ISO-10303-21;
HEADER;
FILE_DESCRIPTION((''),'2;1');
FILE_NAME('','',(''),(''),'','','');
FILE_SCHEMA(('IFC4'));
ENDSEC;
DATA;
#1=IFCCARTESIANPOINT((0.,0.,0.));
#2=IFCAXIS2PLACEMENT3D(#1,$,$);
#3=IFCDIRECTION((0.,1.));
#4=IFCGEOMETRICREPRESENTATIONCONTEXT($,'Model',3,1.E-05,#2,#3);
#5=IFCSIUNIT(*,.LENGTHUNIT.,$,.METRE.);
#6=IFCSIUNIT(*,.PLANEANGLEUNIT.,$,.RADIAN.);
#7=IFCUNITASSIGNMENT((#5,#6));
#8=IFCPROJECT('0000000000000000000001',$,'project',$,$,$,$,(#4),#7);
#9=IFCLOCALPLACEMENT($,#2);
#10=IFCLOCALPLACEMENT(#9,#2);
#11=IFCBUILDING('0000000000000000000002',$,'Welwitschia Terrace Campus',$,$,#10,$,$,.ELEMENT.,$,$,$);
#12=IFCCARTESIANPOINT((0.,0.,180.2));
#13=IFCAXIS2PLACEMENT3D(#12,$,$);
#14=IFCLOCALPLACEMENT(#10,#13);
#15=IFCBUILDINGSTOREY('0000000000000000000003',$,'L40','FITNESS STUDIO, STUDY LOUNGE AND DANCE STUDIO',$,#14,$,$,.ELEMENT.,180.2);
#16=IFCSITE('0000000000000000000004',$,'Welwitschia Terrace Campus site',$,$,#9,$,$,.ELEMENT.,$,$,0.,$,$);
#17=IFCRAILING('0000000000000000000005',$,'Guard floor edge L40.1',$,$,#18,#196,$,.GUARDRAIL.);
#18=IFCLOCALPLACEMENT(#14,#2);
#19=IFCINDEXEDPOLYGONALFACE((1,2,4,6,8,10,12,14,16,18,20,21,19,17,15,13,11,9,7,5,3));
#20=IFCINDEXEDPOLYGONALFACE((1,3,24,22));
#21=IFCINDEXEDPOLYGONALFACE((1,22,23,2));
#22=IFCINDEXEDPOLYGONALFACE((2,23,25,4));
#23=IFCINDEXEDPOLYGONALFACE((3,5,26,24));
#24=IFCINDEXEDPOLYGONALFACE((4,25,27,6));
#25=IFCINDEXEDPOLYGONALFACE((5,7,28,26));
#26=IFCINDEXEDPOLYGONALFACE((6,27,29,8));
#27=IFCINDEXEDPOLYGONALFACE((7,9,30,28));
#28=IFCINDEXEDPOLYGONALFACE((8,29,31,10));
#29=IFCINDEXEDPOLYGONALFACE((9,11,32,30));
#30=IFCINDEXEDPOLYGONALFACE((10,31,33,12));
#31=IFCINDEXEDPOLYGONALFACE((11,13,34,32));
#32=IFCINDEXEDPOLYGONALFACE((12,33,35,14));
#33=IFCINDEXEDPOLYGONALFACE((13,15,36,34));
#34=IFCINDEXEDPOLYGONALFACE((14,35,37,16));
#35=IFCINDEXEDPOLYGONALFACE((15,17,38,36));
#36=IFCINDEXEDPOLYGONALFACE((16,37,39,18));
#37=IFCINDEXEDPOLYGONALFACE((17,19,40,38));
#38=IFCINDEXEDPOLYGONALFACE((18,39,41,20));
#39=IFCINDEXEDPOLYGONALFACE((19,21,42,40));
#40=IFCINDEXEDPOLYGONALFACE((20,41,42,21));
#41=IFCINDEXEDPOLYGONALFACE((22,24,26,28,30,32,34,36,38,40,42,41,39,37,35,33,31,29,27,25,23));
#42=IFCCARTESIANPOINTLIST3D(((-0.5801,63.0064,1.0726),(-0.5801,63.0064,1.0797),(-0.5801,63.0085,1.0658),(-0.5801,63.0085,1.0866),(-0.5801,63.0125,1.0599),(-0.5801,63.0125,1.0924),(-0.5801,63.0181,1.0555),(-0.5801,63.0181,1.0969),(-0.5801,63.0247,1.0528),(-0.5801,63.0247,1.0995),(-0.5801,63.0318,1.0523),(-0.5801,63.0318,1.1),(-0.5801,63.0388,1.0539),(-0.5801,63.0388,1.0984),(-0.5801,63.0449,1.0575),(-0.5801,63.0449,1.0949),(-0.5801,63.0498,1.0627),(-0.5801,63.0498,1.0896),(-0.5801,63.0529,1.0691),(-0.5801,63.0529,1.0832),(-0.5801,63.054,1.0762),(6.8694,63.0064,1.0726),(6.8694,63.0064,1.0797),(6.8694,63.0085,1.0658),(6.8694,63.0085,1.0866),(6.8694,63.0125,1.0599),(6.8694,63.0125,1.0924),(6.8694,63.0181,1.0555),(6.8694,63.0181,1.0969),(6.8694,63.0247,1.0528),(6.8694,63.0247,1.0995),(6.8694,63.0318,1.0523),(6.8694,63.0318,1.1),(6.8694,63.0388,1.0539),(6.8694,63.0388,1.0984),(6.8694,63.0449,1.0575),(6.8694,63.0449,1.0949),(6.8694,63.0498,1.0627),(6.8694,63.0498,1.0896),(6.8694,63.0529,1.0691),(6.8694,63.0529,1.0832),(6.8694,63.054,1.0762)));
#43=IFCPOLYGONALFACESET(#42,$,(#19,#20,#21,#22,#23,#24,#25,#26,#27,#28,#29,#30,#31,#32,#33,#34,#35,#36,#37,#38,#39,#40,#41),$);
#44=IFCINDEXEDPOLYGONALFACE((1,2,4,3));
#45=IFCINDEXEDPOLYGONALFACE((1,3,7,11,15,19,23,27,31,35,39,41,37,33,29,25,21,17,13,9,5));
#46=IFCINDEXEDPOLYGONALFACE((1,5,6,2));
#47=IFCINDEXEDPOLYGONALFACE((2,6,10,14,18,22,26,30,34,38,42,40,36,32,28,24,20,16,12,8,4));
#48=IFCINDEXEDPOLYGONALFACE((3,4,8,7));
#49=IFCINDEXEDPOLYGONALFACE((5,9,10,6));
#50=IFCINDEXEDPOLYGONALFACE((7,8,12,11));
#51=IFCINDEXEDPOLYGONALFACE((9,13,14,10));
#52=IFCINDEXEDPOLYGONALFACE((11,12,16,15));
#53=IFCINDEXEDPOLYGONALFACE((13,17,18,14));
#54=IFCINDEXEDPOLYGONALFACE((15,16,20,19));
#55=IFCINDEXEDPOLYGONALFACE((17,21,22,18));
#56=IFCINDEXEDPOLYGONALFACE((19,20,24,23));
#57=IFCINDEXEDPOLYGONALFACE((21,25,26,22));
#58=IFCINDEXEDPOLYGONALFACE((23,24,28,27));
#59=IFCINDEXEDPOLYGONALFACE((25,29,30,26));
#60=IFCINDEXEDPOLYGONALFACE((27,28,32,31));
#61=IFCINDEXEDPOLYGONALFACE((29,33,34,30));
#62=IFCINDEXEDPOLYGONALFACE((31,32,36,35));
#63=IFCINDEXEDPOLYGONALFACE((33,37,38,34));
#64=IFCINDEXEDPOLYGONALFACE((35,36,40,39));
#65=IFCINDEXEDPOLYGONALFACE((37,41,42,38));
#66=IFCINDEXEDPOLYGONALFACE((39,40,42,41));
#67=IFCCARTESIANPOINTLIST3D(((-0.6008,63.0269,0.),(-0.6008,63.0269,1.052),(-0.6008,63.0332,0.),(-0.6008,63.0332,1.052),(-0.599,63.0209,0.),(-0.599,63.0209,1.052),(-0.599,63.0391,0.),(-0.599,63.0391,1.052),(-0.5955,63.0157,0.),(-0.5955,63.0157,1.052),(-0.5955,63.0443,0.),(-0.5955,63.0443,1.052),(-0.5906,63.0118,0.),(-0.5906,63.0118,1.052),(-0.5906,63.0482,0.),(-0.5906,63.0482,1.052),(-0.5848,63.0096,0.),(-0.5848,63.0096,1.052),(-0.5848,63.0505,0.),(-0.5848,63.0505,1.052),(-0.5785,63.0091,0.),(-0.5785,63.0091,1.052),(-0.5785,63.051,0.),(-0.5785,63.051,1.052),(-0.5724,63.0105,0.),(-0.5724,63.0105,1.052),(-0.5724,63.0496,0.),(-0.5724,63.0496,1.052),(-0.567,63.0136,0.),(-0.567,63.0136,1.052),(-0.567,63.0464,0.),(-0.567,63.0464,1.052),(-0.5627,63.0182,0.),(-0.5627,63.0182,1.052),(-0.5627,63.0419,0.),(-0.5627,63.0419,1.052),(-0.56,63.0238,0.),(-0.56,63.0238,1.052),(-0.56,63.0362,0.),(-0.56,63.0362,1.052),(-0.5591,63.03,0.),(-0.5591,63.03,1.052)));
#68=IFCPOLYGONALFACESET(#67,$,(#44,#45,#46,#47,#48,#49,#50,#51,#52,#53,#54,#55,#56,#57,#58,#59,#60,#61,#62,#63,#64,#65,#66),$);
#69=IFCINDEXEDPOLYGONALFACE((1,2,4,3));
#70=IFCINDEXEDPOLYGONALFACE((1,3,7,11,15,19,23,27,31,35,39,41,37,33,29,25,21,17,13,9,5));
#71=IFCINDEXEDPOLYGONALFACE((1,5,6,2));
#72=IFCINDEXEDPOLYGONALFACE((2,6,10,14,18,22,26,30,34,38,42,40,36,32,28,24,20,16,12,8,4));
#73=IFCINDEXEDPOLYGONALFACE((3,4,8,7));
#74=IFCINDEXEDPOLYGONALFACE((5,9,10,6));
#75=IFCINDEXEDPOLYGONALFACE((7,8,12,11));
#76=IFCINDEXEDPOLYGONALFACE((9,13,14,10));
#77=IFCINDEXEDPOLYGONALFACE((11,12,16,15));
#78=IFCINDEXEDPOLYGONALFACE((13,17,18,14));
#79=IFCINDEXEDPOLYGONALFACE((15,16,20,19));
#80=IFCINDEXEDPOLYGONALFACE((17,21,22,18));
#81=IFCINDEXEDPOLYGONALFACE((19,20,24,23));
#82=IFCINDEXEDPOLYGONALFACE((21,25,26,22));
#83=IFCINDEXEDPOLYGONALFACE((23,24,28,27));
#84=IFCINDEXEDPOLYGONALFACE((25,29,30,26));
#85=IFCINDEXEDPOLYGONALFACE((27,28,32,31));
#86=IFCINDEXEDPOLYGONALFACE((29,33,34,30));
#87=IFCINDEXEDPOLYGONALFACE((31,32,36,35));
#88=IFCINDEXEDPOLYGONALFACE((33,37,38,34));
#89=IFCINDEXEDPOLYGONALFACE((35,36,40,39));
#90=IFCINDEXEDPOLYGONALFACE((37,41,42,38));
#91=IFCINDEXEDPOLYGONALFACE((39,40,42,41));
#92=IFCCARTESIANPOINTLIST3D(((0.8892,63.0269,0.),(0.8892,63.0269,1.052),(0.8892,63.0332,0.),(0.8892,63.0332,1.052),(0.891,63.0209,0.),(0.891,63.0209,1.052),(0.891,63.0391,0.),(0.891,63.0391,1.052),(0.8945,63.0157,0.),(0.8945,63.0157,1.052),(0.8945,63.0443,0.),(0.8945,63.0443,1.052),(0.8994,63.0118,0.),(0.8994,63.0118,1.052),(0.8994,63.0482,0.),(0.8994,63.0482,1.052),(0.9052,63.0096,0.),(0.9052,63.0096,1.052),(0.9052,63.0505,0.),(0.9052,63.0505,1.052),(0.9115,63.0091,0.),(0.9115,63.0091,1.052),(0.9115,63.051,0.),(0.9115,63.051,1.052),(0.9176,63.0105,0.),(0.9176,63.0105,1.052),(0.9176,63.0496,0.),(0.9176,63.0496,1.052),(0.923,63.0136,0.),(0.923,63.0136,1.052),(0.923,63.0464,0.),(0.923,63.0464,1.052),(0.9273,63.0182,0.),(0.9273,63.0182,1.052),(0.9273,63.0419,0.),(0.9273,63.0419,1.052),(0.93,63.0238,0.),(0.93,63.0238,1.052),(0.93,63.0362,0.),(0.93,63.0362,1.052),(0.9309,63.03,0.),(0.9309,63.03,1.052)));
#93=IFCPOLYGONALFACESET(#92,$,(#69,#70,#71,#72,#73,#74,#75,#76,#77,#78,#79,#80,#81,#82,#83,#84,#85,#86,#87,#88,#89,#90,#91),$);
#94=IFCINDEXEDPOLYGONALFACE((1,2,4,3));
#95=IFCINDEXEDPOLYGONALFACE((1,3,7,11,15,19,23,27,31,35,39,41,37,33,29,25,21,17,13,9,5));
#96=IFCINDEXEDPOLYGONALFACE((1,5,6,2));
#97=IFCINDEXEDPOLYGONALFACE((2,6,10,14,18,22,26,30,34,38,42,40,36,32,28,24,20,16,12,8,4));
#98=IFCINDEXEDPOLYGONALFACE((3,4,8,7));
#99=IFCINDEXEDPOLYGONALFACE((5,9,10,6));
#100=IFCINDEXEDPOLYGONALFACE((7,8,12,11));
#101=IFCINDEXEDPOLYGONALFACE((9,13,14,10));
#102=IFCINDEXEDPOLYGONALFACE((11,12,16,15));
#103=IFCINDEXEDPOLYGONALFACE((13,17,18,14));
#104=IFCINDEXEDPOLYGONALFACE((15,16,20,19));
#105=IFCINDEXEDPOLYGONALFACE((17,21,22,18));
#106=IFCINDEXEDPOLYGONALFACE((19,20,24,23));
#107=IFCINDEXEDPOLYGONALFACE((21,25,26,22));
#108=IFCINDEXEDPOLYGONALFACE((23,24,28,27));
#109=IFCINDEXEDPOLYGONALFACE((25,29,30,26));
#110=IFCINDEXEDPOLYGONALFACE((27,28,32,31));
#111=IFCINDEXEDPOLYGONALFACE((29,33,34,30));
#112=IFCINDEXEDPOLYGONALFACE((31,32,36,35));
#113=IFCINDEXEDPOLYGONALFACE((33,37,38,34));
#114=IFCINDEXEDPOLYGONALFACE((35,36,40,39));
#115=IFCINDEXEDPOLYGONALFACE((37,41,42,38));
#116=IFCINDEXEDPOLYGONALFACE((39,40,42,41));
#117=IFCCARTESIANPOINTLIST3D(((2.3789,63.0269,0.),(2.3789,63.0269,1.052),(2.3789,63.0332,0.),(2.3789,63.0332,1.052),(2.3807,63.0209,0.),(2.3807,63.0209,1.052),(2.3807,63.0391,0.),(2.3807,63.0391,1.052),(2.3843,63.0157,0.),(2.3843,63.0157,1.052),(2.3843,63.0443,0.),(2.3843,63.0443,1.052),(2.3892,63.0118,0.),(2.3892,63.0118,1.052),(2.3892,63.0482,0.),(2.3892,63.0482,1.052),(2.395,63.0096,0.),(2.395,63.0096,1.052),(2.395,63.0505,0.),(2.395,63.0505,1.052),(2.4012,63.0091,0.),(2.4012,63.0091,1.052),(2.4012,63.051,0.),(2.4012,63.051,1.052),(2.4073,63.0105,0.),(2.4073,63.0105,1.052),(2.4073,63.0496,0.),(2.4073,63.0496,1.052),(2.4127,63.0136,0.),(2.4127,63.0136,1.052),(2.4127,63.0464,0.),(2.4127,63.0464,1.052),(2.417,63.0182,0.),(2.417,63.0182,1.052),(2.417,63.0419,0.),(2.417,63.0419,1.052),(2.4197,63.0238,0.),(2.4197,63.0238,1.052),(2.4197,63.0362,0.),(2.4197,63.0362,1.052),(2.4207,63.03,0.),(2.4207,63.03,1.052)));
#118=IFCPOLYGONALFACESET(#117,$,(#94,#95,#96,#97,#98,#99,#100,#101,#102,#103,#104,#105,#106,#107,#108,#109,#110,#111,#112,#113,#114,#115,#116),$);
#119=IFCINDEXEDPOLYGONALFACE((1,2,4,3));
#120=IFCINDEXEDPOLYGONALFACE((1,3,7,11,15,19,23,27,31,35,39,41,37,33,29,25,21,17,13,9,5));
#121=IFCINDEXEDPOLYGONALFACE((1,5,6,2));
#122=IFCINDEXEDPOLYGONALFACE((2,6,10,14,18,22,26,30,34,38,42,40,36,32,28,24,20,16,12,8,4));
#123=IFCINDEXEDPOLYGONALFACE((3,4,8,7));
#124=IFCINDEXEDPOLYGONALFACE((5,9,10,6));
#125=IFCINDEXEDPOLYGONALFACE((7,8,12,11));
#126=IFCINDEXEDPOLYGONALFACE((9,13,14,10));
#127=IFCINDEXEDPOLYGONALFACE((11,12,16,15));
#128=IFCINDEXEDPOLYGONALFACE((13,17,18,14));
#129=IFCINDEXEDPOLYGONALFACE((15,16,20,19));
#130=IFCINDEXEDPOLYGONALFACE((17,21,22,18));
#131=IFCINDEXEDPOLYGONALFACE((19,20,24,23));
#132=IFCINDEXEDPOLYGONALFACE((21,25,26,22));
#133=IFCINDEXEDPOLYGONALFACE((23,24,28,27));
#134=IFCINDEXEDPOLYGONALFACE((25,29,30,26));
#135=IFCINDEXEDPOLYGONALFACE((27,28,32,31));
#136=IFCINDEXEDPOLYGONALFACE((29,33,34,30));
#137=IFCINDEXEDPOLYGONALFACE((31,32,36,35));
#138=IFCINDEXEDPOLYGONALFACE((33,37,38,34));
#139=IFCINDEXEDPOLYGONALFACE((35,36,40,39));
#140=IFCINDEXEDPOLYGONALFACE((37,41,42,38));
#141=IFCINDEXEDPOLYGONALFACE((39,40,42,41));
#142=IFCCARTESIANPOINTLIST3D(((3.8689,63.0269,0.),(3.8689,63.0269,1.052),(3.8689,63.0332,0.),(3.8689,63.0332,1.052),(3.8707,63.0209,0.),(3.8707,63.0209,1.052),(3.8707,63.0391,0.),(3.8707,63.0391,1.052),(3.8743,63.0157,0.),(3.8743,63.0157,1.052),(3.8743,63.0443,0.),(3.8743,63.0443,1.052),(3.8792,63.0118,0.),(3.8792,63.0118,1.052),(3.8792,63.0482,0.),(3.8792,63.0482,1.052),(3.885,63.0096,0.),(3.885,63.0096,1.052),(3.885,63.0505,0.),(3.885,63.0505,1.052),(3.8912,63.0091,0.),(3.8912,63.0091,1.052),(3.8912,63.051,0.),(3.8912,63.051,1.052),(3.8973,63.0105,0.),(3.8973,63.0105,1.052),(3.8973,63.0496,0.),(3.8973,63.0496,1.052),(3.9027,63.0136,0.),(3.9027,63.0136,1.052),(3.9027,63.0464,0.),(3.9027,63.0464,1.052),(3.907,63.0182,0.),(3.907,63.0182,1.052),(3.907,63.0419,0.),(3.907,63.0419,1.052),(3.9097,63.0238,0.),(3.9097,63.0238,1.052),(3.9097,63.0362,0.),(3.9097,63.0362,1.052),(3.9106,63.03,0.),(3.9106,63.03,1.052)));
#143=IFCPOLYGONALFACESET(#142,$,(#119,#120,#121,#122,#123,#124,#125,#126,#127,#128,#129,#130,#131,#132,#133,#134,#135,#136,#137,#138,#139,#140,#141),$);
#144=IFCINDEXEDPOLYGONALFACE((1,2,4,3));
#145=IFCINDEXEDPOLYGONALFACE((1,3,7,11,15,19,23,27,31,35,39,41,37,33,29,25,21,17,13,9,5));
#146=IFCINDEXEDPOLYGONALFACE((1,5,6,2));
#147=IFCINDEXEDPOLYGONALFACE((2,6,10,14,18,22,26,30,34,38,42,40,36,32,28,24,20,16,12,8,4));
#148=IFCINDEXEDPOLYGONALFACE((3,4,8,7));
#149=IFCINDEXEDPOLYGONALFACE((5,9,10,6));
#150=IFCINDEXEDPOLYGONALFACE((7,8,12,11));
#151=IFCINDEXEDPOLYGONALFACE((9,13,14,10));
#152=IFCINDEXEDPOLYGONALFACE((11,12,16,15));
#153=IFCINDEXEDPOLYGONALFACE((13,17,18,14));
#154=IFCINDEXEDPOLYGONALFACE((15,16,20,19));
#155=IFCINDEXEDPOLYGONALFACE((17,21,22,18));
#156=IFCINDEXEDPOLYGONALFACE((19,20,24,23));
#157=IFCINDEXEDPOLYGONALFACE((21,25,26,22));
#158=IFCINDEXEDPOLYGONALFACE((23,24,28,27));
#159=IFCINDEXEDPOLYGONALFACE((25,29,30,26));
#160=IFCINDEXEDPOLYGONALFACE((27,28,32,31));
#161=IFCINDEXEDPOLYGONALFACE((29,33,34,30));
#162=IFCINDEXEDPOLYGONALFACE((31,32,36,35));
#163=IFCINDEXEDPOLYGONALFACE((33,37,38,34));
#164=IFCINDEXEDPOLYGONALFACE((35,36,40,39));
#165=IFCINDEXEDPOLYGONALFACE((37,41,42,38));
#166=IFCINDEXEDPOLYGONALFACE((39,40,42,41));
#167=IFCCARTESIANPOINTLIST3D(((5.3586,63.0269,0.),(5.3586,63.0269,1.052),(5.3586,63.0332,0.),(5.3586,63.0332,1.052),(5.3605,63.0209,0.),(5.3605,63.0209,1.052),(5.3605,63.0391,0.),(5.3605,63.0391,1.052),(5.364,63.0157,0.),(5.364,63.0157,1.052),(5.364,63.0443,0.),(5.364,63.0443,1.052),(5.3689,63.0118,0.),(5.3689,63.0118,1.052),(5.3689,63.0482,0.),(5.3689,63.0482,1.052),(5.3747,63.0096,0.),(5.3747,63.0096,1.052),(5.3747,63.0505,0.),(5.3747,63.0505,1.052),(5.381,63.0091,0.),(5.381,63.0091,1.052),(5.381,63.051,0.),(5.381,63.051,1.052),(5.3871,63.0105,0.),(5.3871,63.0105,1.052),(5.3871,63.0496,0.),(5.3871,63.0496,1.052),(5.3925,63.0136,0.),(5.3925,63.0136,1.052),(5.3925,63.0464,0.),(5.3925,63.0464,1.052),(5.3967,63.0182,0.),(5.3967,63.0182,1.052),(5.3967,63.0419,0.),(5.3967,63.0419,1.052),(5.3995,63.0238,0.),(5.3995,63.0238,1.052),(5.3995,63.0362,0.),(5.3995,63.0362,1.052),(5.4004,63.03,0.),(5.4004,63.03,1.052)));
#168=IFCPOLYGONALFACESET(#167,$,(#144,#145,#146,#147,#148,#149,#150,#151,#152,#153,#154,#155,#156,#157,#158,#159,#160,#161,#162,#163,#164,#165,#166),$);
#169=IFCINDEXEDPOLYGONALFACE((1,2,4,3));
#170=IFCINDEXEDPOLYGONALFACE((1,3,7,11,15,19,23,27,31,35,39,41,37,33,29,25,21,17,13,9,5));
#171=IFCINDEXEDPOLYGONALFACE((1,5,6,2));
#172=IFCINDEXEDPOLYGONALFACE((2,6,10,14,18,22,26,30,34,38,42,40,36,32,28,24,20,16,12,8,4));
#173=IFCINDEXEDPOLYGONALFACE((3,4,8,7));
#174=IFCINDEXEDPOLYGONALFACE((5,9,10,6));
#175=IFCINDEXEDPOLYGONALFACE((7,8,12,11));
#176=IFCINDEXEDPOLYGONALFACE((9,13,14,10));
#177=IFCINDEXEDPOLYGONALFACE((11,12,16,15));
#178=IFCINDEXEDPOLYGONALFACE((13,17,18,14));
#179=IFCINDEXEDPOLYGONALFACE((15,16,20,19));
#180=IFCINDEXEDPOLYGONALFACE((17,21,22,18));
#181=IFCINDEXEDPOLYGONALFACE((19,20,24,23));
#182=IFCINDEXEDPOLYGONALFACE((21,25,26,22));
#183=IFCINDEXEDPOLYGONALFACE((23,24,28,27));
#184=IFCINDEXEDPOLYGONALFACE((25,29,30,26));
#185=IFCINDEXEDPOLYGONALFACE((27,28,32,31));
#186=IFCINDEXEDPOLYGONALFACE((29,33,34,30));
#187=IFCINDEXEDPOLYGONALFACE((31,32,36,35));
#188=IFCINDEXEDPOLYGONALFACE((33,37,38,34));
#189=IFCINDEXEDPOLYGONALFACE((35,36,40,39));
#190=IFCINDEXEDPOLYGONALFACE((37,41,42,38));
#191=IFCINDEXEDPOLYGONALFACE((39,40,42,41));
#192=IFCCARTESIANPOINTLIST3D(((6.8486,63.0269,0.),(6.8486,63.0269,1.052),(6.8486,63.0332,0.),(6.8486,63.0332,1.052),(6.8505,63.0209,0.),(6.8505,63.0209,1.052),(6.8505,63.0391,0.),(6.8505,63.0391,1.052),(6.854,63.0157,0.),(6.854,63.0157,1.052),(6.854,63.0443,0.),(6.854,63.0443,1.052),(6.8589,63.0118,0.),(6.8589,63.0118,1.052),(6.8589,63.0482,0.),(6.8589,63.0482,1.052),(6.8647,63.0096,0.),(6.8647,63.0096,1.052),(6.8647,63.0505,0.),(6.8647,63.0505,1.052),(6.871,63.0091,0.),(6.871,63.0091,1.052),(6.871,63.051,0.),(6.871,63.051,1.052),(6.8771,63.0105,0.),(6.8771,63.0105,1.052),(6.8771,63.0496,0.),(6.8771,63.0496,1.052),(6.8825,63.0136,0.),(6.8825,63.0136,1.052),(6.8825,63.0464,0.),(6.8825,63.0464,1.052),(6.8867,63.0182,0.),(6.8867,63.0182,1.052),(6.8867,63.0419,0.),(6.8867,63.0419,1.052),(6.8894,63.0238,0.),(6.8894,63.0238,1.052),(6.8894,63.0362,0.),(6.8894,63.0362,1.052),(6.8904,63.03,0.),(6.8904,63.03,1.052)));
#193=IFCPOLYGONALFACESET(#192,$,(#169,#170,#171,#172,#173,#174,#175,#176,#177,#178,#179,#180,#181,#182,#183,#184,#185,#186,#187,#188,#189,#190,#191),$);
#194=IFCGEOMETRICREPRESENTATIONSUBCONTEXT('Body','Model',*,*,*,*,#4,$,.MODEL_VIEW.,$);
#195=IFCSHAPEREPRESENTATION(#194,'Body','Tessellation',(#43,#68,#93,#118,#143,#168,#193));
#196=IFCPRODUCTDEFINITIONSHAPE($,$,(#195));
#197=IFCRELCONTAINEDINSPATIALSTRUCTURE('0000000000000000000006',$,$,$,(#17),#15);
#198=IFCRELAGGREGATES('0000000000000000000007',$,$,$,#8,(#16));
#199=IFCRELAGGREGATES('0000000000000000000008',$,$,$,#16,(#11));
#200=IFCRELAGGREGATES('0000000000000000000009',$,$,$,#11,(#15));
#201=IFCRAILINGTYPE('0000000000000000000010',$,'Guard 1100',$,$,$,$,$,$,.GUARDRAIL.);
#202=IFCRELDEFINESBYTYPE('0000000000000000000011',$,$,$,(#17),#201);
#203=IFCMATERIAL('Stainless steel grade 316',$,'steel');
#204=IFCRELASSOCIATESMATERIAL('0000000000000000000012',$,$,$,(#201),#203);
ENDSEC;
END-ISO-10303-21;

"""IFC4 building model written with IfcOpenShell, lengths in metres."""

from ifc_helpers import new_model, si_unit, direction, frame, origin, origin_2d, place, context, subcontext, project, spatial, circle, extrude, material, type_object, element, save


model = new_model("IFC4")

# Units and contexts
model_context = context("Model", 3, precision=1e-05, world=origin(), true_north=direction((0.0, 1.0)))
body_context = subcontext(model_context, "Body", "Model", "MODEL_VIEW")
ifc_project = project(units=[si_unit("LENGTHUNIT", "METRE"), si_unit("PLANEANGLEUNIT", "RADIAN")], contexts=[model_context])

# Site, building, storey
site_placement = place(None, origin())
site = spatial("IfcSite", under=ifc_project, at=site_placement, Name="Welwitschia Terrace Campus site", CompositionType="ELEMENT", RefElevation=0.0)
building_placement = place(site_placement, origin())
building = spatial("IfcBuilding", under=site, at=building_placement, Name="Welwitschia Terrace Campus", CompositionType="ELEMENT")
storey_placement = place(building_placement, frame((0.0, 0.0, 180.2)))
storey = spatial("IfcBuildingStorey", under=building, at=storey_placement, Name="L40", Description="FITNESS STUDIO, STUDY LOUNGE AND DANCE STUDIO", CompositionType="ELEMENT", Elevation=180.2)

# Railing
ifc_material_1 = material(Name="Stainless steel grade 316", Category="steel")
railing_type = type_object("IfcRailingType", Name="Guard 1100", PredefinedType="GUARDRAIL", material=ifc_material_1)
railing_1_placement = place(storey_placement, frame((-0.5801, 63.03, 0.0)))
element("IfcRailing", 1, at=railing_1_placement, inside=storey, type_object=railing_type, Name="Guard floor edge L40.1", PredefinedType="GUARDRAIL", context=body_context, shape_type="SweptSolid", body=[
    extrude(circle(Radius=0.0239, at=origin_2d()), frame((0.0, 0.0, 1.0762), z_axis=(1.0, 0.0, 0.0), x_axis=(0.0, 1.0, 0.0)), (0.0, 0.0, 1.0), 7.4495),
    extrude(circle(Radius=0.021, at=origin_2d()), origin(), (0.0, 0.0, 1.0), 1.052),
    extrude(circle(Radius=0.021, at=origin_2d()), frame((1.49, 0.0, 0.0)), (0.0, 0.0, 1.0), 1.052),
    extrude(circle(Radius=0.021, at=origin_2d()), frame((2.9797, 0.0, 0.0)), (0.0, 0.0, 1.0), 1.052),
    extrude(circle(Radius=0.021, at=origin_2d()), frame((4.4697, 0.0, 0.0)), (0.0, 0.0, 1.0), 1.052),
    extrude(circle(Radius=0.021, at=origin_2d()), frame((5.9595, 0.0, 0.0)), (0.0, 0.0, 1.0), 1.052),
    extrude(circle(Radius=0.021, at=origin_2d()), frame((7.4495, 0.0, 0.0)), (0.0, 0.0, 1.0), 1.052),
])

save(model, "model.ifc")
